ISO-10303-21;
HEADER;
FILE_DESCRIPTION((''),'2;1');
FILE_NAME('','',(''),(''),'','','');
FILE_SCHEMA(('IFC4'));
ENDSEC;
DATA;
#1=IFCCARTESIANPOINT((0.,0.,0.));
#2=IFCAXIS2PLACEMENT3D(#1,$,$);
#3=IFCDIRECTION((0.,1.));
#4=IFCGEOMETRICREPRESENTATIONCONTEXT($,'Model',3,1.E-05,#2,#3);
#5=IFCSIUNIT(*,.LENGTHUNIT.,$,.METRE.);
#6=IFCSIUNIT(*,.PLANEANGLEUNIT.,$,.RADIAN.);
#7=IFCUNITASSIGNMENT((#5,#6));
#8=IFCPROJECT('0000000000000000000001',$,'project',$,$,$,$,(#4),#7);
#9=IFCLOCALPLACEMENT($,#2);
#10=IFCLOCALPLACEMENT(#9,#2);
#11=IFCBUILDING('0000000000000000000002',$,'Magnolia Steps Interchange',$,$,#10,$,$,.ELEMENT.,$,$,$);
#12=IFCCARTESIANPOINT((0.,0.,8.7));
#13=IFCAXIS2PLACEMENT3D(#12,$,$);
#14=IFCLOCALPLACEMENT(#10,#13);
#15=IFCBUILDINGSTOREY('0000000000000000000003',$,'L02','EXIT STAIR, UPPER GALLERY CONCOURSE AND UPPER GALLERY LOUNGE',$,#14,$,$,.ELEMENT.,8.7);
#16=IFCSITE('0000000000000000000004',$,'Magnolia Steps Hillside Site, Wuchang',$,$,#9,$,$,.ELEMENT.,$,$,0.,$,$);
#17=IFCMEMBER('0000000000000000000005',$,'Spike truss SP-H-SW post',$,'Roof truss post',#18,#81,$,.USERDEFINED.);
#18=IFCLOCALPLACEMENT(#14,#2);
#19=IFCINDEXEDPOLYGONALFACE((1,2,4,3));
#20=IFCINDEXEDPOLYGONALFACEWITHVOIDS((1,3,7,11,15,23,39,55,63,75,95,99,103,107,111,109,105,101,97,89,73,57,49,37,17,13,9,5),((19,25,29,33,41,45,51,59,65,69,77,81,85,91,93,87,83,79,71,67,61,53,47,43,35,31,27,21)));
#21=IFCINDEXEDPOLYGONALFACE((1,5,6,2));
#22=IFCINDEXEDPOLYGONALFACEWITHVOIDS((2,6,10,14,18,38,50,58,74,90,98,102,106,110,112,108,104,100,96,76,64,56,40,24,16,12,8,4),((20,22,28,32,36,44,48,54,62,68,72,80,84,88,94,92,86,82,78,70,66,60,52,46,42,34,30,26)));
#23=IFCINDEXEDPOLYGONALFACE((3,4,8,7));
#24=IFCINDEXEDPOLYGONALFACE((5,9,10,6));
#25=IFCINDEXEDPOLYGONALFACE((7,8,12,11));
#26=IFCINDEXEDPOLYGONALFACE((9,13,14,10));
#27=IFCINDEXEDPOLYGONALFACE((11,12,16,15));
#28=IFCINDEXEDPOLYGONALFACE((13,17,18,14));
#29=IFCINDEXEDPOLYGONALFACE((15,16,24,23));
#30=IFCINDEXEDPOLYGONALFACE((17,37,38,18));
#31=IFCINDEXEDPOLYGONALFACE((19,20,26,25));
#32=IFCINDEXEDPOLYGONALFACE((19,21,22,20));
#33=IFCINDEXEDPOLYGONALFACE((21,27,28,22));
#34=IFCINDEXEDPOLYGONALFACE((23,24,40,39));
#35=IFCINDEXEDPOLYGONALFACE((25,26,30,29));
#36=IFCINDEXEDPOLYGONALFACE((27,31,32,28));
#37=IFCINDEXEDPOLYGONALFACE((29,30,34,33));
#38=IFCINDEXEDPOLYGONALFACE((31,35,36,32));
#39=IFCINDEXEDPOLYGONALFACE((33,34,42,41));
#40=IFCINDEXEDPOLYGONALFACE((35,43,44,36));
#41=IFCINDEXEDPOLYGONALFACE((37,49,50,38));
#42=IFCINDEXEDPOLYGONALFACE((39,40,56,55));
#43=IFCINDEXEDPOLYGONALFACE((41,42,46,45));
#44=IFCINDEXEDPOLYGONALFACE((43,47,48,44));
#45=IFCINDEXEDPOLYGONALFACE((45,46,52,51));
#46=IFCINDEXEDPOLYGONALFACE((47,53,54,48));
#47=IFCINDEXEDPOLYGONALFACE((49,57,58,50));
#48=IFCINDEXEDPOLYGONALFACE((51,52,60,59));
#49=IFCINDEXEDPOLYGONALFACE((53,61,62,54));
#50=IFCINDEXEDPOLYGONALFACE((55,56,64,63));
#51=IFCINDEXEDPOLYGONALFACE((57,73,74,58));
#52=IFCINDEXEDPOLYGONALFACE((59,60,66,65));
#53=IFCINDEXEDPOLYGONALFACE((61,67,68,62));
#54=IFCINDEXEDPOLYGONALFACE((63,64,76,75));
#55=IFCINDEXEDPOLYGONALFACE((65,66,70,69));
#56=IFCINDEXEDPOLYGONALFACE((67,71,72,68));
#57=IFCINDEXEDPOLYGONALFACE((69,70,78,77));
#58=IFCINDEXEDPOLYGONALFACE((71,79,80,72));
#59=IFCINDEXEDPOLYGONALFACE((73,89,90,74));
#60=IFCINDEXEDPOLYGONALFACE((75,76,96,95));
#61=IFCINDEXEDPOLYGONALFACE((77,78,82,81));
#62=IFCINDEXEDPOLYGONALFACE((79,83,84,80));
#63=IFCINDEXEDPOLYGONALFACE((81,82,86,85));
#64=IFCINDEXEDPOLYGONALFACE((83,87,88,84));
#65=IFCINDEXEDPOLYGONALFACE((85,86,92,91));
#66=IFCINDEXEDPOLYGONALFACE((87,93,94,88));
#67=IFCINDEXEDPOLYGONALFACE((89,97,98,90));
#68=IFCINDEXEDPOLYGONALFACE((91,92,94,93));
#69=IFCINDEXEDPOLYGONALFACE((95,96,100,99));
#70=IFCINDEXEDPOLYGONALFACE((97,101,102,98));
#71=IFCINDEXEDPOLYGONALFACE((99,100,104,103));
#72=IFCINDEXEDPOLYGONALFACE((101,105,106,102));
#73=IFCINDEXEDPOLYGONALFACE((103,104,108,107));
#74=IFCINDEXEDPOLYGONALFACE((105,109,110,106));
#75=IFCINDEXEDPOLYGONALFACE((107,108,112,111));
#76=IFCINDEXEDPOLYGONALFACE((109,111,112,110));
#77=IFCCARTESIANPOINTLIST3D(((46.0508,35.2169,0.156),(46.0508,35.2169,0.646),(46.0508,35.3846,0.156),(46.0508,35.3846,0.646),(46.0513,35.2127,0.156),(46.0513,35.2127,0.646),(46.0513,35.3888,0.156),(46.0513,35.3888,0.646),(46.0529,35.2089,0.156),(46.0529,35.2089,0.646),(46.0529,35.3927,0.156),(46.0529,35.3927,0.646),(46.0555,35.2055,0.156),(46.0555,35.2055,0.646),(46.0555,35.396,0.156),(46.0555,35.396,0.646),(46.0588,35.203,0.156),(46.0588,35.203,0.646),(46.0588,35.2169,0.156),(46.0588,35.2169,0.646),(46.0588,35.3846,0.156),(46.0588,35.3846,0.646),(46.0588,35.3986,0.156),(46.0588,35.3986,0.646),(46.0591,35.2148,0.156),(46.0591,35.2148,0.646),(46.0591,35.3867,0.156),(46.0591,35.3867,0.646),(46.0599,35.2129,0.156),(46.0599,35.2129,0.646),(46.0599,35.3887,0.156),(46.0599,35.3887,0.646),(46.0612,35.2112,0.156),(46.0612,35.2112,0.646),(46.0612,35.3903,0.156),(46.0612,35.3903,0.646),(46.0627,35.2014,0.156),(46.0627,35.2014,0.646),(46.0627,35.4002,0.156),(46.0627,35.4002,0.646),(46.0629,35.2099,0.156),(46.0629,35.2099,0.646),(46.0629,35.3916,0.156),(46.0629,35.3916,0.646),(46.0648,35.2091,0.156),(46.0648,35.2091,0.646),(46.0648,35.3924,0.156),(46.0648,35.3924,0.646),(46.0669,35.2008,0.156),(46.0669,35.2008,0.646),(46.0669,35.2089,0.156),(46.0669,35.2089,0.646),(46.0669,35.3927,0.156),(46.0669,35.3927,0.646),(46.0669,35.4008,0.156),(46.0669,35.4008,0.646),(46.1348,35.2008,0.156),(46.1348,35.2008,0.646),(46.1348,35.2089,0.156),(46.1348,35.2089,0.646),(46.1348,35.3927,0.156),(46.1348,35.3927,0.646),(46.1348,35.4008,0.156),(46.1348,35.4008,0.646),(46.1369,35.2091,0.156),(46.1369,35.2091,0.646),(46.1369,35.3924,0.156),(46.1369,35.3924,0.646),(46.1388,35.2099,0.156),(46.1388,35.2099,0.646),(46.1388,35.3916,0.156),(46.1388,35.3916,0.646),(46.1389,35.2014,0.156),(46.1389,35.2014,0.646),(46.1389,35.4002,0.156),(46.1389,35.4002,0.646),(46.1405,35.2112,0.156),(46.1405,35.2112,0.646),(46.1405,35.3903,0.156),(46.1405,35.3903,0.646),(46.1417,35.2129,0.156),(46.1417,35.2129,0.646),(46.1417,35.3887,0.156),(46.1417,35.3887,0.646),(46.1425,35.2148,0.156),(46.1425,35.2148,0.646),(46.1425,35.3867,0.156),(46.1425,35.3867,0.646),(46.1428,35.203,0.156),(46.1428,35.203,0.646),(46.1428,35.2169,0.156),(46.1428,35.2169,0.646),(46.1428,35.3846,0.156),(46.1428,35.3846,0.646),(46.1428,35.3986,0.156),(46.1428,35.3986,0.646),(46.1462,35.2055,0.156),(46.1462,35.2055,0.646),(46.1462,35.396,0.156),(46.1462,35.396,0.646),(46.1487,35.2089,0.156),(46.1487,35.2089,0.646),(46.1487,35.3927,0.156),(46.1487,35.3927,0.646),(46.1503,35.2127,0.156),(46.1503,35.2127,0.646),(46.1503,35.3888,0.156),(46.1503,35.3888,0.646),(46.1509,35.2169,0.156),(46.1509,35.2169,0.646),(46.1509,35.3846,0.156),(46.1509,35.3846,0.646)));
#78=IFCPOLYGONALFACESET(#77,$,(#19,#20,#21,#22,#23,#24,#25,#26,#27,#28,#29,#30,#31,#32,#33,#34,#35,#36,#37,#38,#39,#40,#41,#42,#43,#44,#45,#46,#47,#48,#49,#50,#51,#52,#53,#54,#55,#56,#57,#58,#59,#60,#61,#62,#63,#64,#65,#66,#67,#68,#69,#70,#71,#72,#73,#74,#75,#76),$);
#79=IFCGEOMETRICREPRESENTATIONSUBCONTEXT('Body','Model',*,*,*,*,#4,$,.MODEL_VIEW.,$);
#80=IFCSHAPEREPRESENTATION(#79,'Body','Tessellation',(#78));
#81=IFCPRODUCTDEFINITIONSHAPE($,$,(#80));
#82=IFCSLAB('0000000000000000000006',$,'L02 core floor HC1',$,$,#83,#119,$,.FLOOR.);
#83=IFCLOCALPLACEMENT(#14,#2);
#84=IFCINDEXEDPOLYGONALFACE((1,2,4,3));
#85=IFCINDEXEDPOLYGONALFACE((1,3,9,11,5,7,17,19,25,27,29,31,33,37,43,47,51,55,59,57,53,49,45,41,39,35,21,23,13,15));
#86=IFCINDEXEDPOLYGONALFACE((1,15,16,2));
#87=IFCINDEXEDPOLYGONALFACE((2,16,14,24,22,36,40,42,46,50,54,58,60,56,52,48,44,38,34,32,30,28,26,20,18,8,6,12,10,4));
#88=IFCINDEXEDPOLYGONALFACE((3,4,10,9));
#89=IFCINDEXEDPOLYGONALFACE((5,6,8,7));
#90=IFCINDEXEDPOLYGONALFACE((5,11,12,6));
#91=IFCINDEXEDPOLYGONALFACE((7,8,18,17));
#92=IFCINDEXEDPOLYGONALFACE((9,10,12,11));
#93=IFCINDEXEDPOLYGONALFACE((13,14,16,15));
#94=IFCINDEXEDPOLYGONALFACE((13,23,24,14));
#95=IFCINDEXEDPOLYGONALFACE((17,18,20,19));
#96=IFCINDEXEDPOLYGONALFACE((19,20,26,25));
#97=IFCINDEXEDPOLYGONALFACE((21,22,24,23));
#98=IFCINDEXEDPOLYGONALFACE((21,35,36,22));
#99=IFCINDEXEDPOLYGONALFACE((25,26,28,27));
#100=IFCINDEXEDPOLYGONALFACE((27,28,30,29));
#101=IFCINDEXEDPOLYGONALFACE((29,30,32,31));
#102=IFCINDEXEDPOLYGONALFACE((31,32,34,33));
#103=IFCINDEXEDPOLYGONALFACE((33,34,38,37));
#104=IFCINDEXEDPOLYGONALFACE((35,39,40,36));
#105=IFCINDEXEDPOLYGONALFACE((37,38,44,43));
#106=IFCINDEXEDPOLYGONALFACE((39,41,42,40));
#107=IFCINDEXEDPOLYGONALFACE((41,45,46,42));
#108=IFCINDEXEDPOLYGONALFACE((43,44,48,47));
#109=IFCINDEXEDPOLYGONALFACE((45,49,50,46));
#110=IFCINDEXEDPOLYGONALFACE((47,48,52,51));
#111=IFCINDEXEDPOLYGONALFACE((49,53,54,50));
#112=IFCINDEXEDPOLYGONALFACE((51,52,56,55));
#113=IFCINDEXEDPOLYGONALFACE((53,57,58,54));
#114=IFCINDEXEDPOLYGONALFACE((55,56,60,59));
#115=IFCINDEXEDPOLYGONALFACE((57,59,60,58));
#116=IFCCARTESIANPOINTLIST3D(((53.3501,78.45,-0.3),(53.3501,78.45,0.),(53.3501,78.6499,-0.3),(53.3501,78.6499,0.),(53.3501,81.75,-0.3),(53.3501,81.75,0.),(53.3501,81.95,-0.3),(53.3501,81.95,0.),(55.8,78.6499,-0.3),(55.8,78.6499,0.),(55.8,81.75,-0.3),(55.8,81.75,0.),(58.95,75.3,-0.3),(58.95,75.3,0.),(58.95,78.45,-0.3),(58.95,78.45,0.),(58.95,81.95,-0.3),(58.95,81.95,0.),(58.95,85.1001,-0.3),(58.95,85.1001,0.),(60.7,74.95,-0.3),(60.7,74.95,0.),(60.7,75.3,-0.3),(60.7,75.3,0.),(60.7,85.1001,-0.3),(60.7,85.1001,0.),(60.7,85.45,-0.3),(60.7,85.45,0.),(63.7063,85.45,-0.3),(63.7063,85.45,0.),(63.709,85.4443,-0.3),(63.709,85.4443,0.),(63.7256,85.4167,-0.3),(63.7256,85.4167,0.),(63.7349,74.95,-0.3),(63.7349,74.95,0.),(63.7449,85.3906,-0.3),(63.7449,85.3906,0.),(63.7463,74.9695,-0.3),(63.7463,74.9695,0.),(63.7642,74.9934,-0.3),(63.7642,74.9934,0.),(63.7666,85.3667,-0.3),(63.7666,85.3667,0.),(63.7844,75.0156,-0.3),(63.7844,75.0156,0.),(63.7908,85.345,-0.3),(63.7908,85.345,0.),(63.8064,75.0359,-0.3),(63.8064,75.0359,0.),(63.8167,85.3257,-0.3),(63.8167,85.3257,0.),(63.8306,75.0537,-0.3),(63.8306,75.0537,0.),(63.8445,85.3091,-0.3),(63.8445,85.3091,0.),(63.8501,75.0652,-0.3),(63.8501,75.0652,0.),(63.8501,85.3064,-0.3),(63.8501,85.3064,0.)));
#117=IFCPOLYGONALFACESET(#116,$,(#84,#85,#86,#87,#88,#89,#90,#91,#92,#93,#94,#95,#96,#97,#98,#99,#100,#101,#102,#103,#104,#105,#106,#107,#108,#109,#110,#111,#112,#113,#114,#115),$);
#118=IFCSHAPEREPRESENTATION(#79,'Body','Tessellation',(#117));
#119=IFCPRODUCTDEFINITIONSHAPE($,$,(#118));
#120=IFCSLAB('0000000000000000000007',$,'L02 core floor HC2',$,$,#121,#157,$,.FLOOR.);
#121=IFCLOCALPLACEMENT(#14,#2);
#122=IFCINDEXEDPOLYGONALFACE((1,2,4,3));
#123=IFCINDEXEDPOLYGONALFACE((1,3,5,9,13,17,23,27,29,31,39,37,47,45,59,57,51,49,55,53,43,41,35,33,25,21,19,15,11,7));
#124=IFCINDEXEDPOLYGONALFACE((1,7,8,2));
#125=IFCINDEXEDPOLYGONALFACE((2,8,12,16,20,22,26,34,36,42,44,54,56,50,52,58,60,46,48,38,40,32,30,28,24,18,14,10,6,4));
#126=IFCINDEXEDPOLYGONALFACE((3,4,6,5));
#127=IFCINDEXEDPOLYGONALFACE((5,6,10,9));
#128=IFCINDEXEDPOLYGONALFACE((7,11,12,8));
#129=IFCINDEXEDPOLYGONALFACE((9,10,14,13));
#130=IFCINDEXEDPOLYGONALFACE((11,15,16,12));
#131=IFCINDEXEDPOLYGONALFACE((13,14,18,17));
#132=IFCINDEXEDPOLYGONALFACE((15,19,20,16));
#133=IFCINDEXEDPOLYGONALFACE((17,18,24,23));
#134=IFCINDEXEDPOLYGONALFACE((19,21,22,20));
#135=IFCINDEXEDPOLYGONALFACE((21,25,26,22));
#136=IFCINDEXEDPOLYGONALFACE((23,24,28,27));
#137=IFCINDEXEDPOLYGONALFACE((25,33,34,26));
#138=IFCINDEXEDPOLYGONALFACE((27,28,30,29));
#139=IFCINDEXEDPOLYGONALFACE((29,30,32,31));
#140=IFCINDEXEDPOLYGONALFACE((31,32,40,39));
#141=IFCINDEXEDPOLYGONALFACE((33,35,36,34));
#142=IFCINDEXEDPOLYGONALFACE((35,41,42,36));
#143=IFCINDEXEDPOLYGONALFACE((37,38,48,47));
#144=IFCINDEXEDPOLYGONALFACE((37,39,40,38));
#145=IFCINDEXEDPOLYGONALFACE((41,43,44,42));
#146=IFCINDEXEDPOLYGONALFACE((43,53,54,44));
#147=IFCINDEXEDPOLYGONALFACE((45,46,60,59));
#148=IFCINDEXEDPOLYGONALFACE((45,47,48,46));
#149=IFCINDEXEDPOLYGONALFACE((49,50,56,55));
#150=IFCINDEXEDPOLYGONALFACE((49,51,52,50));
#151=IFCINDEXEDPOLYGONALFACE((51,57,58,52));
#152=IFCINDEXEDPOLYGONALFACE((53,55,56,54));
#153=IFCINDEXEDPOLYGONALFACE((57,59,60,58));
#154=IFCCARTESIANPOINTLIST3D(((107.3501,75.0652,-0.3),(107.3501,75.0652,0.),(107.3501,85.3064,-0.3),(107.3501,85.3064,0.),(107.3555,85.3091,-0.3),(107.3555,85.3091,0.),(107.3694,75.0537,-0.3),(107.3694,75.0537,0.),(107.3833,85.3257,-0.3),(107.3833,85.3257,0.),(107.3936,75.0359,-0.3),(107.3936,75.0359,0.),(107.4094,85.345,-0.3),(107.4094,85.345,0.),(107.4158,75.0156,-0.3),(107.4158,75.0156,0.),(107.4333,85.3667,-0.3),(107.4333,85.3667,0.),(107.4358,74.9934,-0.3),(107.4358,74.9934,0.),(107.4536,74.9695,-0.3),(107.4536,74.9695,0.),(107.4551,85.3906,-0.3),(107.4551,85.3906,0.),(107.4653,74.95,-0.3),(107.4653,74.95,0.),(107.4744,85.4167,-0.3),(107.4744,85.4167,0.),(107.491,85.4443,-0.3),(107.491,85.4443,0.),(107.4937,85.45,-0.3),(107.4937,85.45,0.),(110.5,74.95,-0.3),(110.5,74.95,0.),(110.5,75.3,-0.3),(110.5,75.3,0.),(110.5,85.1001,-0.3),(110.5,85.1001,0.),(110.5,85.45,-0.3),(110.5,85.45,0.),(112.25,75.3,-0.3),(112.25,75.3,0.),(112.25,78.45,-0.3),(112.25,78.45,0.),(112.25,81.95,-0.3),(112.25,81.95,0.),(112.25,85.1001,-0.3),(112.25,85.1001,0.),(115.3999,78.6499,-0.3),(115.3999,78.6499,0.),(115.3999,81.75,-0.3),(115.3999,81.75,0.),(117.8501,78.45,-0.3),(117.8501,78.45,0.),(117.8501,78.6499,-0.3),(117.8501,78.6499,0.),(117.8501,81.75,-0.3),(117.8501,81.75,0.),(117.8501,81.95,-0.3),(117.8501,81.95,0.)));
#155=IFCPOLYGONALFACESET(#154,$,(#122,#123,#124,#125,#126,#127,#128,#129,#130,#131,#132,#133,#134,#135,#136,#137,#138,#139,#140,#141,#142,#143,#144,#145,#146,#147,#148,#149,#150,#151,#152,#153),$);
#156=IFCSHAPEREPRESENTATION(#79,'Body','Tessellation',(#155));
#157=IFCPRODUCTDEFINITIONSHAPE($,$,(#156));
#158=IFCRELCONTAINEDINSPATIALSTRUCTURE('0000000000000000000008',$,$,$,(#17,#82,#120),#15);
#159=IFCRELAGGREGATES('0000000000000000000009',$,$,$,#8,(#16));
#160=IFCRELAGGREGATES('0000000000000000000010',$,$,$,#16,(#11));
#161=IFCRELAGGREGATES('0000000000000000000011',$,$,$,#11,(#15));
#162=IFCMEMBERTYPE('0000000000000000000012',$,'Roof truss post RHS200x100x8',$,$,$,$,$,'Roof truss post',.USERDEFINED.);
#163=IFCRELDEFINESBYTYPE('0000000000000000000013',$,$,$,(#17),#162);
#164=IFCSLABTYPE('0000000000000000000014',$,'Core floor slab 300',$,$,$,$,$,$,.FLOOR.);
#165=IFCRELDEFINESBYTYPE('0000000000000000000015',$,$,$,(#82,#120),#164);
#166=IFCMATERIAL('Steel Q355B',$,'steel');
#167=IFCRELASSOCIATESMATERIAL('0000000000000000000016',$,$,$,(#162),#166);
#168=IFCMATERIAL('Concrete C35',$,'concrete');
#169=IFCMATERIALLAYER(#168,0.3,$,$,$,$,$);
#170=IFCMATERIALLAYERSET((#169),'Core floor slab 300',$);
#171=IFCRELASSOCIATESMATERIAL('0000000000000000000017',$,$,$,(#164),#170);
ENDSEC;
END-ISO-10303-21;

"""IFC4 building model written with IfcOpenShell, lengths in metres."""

from ifc_helpers import new_model, si_unit, direction, frame, origin, origin_2d, place, context, subcontext, project, spatial, polyline, hollow_rectangle, outline, extrude, material, layer, layer_set, material_profile, profile_set, type_object, element, save


model = new_model("IFC4")

# Units and contexts
model_context = context("Model", 3, precision=1e-05, world=origin(), true_north=direction((0.0, 1.0)))
body_context = subcontext(model_context, "Body", "Model", "MODEL_VIEW")
ifc_project = project(units=[si_unit("LENGTHUNIT", "METRE"), si_unit("PLANEANGLEUNIT", "RADIAN")], contexts=[model_context])

# Site, building, storey
site_placement = place(None, origin())
site = spatial("IfcSite", under=ifc_project, at=site_placement, Name="Magnolia Steps Hillside Site, Wuchang", CompositionType="ELEMENT", RefElevation=0.0)
building_placement = place(site_placement, origin())
building = spatial("IfcBuilding", under=site, at=building_placement, Name="Magnolia Steps Interchange", CompositionType="ELEMENT")
storey_placement = place(building_placement, frame((0.0, 0.0, 8.7)))
storey = spatial("IfcBuildingStorey", under=building, at=storey_placement, Name="L02", Description="EXIT STAIR, UPPER GALLERY CONCOURSE AND UPPER GALLERY LOUNGE", CompositionType="ELEMENT", Elevation=8.7)

# Member
ifc_material_1 = material(Name="Steel Q355B", Category="steel")
ifc_material_profile_1 = material_profile(ifc_material_1, hollow_rectangle(XDim=0.1001, YDim=0.2, WallThickness=0.0081, InnerFilletRadius=0.0081, OuterFilletRadius=0.0161, at=origin_2d()), Name="RHS200x100x8")
ifc_profile_set_1 = profile_set([ifc_material_profile_1], Name="Steel Q355B")
member_type_1 = type_object("IfcMemberType", Name="Roof truss post RHS200x100x8", ElementType="Roof truss post", PredefinedType="USERDEFINED", material=ifc_profile_set_1)
member_1_placement = place(storey_placement, frame((46.1008, 35.3008, 0.156), z_axis=(0.0, 0.0, 1.0), x_axis=(1.0, 0.0, 0.0)))
element("IfcMember", 1, at=member_1_placement, inside=storey, type_object=member_type_1, Name="Spike truss SP-H-SW post", ObjectType="Roof truss post", PredefinedType="USERDEFINED", context=body_context, shape_type="SweptSolid", body=[
    extrude(hollow_rectangle(XDim=0.1001, YDim=0.2, WallThickness=0.0081, InnerFilletRadius=0.0081, OuterFilletRadius=0.0161, at=origin_2d()), origin(), (0.0, 0.0, 1.0), 0.49),
])

# Slabs
ifc_material_2 = material(Name="Concrete C35", Category="concrete")
ifc_layer_1 = layer(ifc_material_2, 0.3)
ifc_layer_set_1 = layer_set([ifc_layer_1], Name="Core floor slab 300")
slab_type_1 = type_object("IfcSlabType", Name="Core floor slab 300", PredefinedType="FLOOR", material=ifc_layer_set_1)
slab_1_placement = place(storey_placement, frame((0.0, 0.0, -0.3)))
element("IfcSlab", 2, at=slab_1_placement, inside=storey, type_object=slab_type_1, Name="L02 core floor HC1", PredefinedType="FLOOR", context=body_context, shape_type="SweptSolid", body=[
    extrude(outline(polyline([(60.7, 75.3), (58.95, 75.3), (58.95, 78.45), (53.3501, 78.45), (53.3501, 78.6499), (55.8, 78.6499), (55.8, 81.75), (53.3501, 81.75), (53.3501, 81.95), (58.95, 81.95), (58.95, 85.1001), (60.7, 85.1001), (60.7, 85.45), (63.7063, 85.45), (63.709, 85.4443), (63.7256, 85.4167), (63.7449, 85.3906), (63.7666, 85.3667), (63.7908, 85.345), (63.8167, 85.3257), (63.8445, 85.3091), (63.8501, 85.3064), (63.8501, 75.0652), (63.8306, 75.0537), (63.8064, 75.0359), (63.7844, 75.0156), (63.7642, 74.9934), (63.7463, 74.9695), (63.7349, 74.95), (60.7, 74.95), (60.7, 75.3)])), origin(), (0.0, 0.0, 1.0), 0.3),
])
slab_2_placement = place(storey_placement, frame((0.0, 0.0, -0.3)))
element("IfcSlab", 3, at=slab_2_placement, inside=storey, type_object=slab_type_1, Name="L02 core floor HC2", PredefinedType="FLOOR", context=body_context, shape_type="SweptSolid", body=[
    extrude(outline(polyline([(107.4536, 74.9695), (107.4358, 74.9934), (107.4158, 75.0156), (107.3936, 75.0359), (107.3694, 75.0537), (107.3501, 75.0652), (107.3501, 85.3064), (107.3555, 85.3091), (107.3833, 85.3257), (107.4094, 85.345), (107.4333, 85.3667), (107.4551, 85.3906), (107.4744, 85.4167), (107.491, 85.4443), (107.4937, 85.45), (110.5, 85.45), (110.5, 85.1001), (112.25, 85.1001), (112.25, 81.95), (117.8501, 81.95), (117.8501, 81.75), (115.3999, 81.75), (115.3999, 78.6499), (117.8501, 78.6499), (117.8501, 78.45), (112.25, 78.45), (112.25, 75.3), (110.5, 75.3), (110.5, 74.95), (107.4653, 74.95), (107.4536, 74.9695)])), origin(), (0.0, 0.0, 1.0), 0.3),
])

save(model, "model.ifc")
